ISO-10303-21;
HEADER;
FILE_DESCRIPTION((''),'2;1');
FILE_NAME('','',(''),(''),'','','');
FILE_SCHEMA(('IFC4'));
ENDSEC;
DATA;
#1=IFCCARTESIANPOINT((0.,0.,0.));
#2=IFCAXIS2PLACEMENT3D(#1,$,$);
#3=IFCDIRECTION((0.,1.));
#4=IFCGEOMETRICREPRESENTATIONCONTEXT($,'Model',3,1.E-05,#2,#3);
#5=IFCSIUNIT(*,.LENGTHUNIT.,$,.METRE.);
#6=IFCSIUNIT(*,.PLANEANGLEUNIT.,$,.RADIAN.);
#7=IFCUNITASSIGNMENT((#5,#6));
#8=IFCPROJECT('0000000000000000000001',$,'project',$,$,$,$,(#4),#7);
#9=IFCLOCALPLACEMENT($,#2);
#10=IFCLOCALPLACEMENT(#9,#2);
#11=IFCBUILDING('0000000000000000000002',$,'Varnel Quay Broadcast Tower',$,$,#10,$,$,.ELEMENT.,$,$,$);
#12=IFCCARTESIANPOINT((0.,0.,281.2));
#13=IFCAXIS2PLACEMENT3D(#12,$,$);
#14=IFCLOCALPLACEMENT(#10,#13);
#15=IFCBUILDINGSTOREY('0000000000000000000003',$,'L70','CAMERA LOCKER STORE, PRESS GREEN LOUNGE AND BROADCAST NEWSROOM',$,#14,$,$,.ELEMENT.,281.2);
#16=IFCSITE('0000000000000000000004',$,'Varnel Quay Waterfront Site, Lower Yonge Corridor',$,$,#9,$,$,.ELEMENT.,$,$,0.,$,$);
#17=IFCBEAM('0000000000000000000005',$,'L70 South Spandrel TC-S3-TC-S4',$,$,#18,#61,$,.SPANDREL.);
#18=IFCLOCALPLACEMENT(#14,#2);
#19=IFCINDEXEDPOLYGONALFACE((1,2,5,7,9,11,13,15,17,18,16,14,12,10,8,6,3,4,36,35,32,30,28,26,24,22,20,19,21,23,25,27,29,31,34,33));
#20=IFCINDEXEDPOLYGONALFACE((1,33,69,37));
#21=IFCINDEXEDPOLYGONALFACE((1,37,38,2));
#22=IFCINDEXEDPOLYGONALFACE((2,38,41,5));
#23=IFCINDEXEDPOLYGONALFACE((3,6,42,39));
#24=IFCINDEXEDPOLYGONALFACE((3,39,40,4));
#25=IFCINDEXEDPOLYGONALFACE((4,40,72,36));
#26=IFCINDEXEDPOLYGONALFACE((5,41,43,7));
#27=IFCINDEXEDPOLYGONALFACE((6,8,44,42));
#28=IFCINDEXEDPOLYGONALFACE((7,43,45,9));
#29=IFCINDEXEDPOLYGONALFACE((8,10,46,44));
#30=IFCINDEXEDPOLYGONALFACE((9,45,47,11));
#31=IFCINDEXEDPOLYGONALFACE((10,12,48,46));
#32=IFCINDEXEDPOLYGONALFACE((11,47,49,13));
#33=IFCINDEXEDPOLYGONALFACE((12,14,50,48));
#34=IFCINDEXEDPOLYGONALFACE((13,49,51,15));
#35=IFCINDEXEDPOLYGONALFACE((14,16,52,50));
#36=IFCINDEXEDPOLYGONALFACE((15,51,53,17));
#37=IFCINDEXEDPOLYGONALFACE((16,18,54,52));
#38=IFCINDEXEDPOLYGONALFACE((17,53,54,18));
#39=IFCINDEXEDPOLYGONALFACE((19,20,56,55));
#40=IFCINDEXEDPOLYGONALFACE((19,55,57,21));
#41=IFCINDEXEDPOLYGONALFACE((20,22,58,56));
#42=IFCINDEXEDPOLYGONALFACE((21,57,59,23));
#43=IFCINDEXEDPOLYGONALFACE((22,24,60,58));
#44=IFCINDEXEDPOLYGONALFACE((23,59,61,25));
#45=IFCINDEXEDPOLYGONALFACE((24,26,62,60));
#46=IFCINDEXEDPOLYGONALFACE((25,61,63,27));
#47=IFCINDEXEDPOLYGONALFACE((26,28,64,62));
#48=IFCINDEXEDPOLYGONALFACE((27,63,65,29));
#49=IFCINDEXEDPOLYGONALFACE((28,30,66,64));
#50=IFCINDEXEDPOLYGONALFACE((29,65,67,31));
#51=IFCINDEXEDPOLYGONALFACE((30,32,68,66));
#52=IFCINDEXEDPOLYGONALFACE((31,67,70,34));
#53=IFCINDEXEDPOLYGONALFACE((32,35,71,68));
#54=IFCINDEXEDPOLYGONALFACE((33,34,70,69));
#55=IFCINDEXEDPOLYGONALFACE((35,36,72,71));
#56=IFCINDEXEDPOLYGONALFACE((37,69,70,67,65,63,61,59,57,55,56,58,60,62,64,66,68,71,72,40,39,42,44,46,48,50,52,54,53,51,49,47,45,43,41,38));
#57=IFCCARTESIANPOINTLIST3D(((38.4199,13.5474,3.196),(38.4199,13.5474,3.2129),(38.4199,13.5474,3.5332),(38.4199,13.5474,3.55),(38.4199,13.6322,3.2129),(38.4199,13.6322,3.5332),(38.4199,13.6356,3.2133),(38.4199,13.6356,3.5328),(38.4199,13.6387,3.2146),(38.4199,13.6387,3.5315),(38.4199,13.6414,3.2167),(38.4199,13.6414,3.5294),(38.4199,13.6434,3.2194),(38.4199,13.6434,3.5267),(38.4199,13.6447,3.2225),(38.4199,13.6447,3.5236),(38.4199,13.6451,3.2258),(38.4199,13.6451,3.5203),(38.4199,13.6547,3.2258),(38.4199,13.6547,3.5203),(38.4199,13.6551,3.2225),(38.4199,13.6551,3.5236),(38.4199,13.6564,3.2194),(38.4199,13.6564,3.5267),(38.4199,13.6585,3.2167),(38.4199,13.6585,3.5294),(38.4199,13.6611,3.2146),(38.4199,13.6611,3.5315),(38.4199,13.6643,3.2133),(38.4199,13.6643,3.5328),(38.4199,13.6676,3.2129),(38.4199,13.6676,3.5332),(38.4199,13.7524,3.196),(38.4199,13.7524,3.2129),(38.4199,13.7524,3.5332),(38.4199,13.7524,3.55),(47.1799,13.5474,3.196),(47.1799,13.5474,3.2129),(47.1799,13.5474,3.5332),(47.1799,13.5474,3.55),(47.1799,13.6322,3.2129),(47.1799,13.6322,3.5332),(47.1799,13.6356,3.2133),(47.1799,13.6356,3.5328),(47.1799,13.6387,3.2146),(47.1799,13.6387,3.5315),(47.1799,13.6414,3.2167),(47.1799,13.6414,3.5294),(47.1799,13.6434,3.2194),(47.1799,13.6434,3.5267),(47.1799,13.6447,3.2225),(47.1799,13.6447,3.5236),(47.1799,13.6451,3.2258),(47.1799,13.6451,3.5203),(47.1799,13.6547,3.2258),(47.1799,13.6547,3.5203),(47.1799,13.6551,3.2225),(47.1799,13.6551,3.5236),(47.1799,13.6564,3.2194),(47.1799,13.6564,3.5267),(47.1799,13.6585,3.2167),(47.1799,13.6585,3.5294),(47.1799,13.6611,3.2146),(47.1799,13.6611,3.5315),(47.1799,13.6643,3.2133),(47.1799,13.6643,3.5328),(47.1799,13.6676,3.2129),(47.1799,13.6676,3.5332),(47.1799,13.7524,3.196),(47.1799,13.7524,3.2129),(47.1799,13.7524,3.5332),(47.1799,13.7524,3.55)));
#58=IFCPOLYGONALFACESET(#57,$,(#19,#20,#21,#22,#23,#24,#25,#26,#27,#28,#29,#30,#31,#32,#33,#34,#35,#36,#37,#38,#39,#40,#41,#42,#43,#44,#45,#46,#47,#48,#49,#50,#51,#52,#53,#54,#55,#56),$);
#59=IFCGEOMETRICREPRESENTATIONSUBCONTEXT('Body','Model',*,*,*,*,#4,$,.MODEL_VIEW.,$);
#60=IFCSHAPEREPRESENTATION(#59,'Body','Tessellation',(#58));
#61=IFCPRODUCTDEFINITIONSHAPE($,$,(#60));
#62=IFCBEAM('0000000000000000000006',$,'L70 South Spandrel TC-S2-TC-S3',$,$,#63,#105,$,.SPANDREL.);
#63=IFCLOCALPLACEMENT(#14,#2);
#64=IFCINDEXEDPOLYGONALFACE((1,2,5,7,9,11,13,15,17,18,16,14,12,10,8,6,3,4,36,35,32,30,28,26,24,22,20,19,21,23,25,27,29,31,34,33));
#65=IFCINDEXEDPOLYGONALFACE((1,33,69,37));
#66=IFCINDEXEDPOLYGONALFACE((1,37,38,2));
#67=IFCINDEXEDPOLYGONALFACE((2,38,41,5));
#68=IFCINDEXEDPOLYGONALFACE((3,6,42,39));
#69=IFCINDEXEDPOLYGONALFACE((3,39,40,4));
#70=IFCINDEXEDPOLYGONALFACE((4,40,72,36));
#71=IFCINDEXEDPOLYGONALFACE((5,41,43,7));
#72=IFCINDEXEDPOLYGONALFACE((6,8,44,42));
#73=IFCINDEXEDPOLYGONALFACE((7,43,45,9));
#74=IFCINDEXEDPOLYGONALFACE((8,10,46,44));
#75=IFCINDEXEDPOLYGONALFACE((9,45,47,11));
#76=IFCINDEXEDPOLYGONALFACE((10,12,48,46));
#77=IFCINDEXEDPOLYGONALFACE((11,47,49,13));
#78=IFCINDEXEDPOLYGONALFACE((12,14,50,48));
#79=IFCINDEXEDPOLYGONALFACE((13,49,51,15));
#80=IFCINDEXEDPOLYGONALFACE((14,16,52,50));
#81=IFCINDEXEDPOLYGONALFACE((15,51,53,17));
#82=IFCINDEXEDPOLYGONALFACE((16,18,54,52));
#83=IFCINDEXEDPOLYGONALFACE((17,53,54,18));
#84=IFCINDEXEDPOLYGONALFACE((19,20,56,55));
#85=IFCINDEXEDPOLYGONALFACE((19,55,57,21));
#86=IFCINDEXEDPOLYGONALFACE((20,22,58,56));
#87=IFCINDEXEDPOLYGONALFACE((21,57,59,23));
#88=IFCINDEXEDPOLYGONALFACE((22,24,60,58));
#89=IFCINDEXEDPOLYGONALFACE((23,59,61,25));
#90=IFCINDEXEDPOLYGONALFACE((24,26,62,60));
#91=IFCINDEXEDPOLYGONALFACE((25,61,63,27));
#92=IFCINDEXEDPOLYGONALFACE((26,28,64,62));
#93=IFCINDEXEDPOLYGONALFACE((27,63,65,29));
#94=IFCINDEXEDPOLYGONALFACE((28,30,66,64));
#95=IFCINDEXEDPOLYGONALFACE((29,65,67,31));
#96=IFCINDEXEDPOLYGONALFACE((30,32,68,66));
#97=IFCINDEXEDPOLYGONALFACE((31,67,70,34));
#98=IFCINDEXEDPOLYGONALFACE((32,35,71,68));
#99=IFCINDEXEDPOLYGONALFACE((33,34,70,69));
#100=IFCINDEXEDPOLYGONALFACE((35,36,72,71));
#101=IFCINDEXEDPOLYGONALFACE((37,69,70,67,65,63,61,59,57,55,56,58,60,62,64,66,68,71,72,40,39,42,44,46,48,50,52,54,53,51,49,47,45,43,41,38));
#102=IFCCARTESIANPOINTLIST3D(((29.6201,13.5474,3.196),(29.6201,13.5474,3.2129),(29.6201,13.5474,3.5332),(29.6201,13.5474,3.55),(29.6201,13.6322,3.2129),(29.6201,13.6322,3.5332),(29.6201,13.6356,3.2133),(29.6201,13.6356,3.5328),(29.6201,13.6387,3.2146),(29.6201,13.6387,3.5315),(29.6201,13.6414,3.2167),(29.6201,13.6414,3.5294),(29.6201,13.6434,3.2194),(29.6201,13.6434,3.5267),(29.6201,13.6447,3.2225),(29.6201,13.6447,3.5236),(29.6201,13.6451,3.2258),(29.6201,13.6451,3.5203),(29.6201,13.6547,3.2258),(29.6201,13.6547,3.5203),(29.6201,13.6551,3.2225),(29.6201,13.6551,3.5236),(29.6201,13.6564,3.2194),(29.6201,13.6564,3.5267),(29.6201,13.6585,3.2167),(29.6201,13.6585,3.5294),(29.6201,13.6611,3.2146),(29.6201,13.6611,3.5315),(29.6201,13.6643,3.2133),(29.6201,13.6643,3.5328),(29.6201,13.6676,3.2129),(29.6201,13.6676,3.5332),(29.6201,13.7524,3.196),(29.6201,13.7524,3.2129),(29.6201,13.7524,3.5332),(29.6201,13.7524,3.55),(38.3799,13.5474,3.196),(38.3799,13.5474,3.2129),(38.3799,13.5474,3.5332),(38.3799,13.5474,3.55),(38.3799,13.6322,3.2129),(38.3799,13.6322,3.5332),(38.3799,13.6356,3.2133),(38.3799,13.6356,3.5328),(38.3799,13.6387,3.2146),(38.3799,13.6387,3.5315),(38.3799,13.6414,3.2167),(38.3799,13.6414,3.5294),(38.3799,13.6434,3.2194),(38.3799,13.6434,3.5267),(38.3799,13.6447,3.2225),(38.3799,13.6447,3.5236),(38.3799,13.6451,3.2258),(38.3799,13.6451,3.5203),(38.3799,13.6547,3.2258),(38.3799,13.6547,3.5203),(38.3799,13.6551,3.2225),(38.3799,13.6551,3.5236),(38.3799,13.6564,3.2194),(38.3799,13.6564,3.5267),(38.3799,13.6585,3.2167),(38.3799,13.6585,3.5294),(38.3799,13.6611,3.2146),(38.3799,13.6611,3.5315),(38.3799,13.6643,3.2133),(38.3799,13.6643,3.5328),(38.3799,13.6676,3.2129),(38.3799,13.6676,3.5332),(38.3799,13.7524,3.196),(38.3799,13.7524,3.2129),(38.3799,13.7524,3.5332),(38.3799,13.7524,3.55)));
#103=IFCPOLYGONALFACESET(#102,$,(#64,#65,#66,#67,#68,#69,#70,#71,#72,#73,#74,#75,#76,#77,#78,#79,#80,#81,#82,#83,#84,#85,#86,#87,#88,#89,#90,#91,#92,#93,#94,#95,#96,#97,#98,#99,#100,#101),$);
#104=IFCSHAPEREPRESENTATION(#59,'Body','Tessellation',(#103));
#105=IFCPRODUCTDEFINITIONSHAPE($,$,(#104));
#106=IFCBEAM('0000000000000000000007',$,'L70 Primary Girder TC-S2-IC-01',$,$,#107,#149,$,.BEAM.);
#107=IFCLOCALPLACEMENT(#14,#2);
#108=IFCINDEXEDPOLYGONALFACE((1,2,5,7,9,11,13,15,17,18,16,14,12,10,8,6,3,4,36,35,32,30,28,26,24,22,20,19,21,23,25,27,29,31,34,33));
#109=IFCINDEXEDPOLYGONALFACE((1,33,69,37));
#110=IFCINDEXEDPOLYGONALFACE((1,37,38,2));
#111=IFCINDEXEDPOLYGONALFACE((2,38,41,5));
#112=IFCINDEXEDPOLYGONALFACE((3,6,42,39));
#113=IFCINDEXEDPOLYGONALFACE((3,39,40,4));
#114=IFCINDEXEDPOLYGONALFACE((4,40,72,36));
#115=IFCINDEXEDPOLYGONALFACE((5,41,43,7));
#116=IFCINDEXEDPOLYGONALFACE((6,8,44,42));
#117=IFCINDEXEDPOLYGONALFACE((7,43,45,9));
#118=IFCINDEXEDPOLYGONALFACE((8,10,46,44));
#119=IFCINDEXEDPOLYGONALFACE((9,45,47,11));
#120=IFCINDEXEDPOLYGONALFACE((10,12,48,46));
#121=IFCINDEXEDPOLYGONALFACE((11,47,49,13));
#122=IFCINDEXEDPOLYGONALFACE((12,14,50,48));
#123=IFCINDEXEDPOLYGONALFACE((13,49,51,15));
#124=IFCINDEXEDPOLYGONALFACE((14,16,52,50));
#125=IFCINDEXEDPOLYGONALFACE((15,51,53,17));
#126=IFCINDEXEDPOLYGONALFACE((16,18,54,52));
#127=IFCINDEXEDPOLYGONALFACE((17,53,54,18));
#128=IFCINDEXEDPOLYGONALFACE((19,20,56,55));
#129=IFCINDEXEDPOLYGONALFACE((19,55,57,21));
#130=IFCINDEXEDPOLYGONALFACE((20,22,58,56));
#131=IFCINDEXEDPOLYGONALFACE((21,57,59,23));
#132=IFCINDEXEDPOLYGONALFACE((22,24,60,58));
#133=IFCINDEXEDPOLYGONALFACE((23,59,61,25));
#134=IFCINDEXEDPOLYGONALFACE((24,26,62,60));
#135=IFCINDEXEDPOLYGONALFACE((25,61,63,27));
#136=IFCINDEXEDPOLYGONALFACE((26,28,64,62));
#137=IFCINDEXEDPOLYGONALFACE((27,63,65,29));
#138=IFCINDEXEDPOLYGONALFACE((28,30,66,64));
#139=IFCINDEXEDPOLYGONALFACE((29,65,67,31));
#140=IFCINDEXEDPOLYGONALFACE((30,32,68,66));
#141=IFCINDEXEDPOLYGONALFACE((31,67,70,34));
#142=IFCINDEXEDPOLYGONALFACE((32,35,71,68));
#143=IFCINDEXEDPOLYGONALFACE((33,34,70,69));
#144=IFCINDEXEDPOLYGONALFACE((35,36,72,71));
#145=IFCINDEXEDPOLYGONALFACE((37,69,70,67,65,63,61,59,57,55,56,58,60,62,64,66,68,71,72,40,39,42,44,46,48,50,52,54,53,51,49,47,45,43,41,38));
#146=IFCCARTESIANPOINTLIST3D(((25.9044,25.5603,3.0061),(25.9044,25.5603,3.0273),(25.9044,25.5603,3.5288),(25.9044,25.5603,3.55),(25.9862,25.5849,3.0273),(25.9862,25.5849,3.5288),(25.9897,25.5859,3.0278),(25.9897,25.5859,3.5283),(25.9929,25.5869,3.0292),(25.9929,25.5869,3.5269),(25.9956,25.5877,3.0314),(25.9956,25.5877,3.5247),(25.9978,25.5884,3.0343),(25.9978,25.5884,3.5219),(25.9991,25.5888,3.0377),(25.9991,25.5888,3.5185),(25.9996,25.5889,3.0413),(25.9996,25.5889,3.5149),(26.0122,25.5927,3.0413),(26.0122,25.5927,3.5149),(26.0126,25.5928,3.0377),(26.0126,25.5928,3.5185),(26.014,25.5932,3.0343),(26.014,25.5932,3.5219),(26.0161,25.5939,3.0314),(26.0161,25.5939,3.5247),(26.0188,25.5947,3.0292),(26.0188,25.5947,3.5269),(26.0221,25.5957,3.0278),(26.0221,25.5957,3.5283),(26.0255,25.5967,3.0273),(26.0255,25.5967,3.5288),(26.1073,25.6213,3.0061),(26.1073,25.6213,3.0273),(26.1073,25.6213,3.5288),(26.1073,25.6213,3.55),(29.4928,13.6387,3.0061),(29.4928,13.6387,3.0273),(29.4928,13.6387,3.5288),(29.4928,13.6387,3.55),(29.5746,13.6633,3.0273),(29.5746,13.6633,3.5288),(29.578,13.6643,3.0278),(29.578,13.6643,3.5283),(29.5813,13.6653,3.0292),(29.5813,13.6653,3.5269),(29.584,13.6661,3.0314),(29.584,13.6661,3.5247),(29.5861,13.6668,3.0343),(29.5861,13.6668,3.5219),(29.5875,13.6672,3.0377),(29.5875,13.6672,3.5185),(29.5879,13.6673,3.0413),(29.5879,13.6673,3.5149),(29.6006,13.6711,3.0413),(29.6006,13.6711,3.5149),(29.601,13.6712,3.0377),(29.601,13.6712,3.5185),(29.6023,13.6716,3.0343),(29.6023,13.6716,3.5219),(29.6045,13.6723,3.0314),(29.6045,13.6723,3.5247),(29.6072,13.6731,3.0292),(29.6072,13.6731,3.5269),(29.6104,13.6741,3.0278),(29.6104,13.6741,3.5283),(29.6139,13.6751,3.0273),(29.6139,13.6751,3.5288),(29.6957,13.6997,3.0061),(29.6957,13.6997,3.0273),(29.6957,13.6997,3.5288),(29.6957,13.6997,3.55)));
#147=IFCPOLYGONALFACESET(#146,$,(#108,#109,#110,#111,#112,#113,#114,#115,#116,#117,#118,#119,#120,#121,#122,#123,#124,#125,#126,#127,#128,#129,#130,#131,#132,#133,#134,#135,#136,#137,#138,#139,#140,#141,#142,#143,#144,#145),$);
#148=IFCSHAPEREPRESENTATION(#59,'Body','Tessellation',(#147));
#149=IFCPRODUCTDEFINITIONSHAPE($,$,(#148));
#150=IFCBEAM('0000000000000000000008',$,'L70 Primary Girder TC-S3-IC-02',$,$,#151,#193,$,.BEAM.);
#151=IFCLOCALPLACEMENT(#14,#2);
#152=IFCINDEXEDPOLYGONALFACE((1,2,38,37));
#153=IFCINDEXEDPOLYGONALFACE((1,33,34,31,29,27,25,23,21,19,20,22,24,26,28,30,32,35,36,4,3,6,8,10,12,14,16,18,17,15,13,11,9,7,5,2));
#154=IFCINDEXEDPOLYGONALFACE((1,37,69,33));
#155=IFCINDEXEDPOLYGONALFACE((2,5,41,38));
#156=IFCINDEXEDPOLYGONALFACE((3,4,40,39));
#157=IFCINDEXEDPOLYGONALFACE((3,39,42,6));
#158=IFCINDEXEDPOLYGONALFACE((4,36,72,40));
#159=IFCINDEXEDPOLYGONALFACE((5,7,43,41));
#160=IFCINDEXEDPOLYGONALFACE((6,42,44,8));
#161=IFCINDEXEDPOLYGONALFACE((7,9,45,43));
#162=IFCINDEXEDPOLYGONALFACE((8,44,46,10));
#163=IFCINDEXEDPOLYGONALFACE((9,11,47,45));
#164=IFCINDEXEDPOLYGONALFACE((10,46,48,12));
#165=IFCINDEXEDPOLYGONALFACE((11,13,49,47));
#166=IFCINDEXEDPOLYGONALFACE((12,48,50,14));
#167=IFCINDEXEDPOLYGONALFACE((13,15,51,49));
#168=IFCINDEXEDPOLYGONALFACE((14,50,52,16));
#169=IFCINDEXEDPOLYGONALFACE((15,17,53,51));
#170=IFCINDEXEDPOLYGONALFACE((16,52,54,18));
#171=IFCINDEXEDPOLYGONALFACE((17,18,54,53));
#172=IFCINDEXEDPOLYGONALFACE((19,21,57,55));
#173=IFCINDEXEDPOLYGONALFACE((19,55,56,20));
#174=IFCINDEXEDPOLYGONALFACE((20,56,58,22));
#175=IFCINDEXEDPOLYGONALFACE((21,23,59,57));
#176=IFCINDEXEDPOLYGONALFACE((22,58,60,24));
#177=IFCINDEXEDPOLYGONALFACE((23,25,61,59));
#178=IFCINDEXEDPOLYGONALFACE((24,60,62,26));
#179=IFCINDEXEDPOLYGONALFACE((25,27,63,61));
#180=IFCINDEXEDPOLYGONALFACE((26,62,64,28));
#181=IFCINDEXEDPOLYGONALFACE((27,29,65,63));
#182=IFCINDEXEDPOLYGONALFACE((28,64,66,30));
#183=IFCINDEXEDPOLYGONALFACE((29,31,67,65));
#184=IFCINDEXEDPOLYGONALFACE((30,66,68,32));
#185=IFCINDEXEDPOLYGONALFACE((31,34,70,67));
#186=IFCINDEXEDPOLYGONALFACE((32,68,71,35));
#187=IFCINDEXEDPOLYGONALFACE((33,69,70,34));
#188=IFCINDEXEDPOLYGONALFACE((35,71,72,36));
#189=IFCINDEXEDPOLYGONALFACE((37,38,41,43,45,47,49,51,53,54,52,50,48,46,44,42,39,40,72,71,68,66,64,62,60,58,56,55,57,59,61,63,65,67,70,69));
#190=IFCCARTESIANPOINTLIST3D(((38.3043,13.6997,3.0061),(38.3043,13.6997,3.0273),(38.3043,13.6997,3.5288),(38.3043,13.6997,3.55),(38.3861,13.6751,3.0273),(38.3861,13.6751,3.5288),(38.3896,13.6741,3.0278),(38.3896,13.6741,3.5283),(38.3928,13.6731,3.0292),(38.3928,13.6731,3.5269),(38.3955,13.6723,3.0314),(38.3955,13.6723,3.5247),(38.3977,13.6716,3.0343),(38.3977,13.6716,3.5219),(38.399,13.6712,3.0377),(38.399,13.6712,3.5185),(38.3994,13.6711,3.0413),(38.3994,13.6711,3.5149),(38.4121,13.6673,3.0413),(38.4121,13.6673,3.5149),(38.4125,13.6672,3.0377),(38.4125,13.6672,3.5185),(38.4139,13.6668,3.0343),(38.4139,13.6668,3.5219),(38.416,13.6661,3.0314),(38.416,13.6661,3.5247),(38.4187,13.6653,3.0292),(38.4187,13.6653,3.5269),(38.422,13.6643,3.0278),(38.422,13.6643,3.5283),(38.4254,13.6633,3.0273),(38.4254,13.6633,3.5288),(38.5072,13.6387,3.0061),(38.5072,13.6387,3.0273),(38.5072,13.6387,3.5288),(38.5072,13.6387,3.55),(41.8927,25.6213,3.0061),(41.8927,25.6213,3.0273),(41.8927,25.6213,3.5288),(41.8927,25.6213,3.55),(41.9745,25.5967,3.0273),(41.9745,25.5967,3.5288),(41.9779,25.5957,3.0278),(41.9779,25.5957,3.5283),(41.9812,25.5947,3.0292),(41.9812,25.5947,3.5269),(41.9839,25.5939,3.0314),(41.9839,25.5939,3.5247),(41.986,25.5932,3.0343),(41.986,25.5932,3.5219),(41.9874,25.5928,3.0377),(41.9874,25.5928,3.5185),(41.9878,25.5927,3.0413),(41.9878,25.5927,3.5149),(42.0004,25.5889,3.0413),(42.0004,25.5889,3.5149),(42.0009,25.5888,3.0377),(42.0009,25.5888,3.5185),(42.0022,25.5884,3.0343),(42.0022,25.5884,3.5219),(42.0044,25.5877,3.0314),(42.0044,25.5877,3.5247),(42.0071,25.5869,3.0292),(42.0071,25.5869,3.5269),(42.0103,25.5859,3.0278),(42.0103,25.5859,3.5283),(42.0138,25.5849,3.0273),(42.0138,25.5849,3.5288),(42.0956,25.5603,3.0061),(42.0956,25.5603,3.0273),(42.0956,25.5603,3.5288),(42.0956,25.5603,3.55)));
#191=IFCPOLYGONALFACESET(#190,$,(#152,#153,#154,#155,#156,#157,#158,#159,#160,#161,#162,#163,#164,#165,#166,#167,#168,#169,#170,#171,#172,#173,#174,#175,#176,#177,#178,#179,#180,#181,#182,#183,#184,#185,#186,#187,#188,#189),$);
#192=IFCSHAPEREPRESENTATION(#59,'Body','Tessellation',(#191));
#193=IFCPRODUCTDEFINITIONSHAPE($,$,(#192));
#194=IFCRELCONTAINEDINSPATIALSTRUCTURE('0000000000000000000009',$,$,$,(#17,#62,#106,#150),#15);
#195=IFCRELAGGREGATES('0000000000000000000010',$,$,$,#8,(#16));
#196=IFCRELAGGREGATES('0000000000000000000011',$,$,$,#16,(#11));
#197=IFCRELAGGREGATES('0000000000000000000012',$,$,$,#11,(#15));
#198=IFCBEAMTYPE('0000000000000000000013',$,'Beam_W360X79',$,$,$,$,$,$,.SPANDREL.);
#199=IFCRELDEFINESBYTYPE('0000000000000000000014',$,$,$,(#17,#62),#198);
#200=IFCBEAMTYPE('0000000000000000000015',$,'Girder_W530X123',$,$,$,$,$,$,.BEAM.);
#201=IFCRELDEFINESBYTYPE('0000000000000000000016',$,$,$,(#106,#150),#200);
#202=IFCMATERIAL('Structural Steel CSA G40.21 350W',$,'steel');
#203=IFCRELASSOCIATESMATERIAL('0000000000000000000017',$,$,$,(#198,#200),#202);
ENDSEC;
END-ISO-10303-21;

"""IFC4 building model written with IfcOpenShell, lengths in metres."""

from ifc_helpers import new_model, si_unit, direction, frame, origin, origin_2d, place, context, subcontext, project, spatial, i_section, extrude, source, transform, mapped, material, material_profile, profile_set, type_object, type_shapes, element, save


model = new_model("IFC4")

# Units and contexts
model_context = context("Model", 3, precision=1e-05, world=origin(), true_north=direction((0.0, 1.0)))
body_context = subcontext(model_context, "Body", "Model", "MODEL_VIEW")
ifc_project = project(units=[si_unit("LENGTHUNIT", "METRE"), si_unit("PLANEANGLEUNIT", "RADIAN")], contexts=[model_context])

# Site, building, storey
site_placement = place(None, origin())
site = spatial("IfcSite", under=ifc_project, at=site_placement, Name="Varnel Quay Waterfront Site, Lower Yonge Corridor", CompositionType="ELEMENT", RefElevation=0.0)
building_placement = place(site_placement, origin())
building = spatial("IfcBuilding", under=site, at=building_placement, Name="Varnel Quay Broadcast Tower", CompositionType="ELEMENT")
storey_placement = place(building_placement, frame((0.0, 0.0, 281.2)))
storey = spatial("IfcBuildingStorey", under=building, at=storey_placement, Name="L70", Description="CAMERA LOCKER STORE, PRESS GREEN LOUNGE AND BROADCAST NEWSROOM", CompositionType="ELEMENT", Elevation=281.2)

# Shared definitions
ifc_material_1 = material(Name="Structural Steel CSA G40.21 350W", Category="steel")

# Beams
ifc_material_profile_1 = material_profile(ifc_material_1, i_section(OverallWidth=0.2051, OverallDepth=0.354, WebThickness=0.0095, FlangeThickness=0.0168, FilletRadius=0.0129, at=origin_2d()), Name="W360X79")
ifc_profile_set_1 = profile_set([ifc_material_profile_1], Name="Structural Steel CSA G40.21 350W")
beam_type_1 = type_object("IfcBeamType", Name="Beam_W360X79", PredefinedType="SPANDREL", material=ifc_profile_set_1)
shared_shape_1 = source(origin(), body_context, "Body", "SweptSolid", [
    extrude(i_section(OverallWidth=0.2051, OverallDepth=0.354, WebThickness=0.0095, FlangeThickness=0.0168, FilletRadius=0.0129, at=origin_2d()), origin(), (0.0, 0.0, 1.0), 8.76),
])
beam_1_placement = place(storey_placement, frame((38.4199, 13.6499, 3.373), z_axis=(1.0, 0.0, 0.0), x_axis=(0.0, 1.0, 0.0)))
element("IfcBeam", 1, at=beam_1_placement, inside=storey, type_object=beam_type_1, Name="L70 South Spandrel TC-S3-TC-S4", PredefinedType="SPANDREL", context=body_context, shape_type="MappedRepresentation", body=[
    mapped(shared_shape_1, transform((0.0, 0.0, 0.0), x_axis=(1.0, 0.0, 0.0), y_axis=(0.0, 1.0, 0.0), z_axis=(0.0, 0.0, 1.0), scale=1.0)),
])
shared_shape_2 = source(origin(), body_context, "Body", "SweptSolid", [
    extrude(i_section(OverallWidth=0.2051, OverallDepth=0.354, WebThickness=0.0095, FlangeThickness=0.0168, FilletRadius=0.0129, at=origin_2d()), origin(), (0.0, 0.0, 1.0), 8.7598),
])
type_shapes(beam_type_1, [shared_shape_1, shared_shape_2])
beam_2_placement = place(storey_placement, frame((29.6201, 13.6499, 3.373), z_axis=(1.0, 0.0, 0.0), x_axis=(0.0, 1.0, 0.0)))
element("IfcBeam", 2, at=beam_2_placement, inside=storey, type_object=beam_type_1, Name="L70 South Spandrel TC-S2-TC-S3", PredefinedType="SPANDREL", context=body_context, shape_type="MappedRepresentation", body=[
    mapped(shared_shape_2, transform((0.0, 0.0, 0.0), x_axis=(1.0, 0.0, 0.0), y_axis=(0.0, 1.0, 0.0), z_axis=(0.0, 0.0, 1.0), scale=1.0)),
])
ifc_material_profile_2 = material_profile(ifc_material_1, i_section(OverallWidth=0.2119, OverallDepth=0.5439, WebThickness=0.0132, FlangeThickness=0.0212, FilletRadius=0.0139, at=origin_2d()), Name="W530X123")
ifc_profile_set_2 = profile_set([ifc_material_profile_2], Name="Structural Steel CSA G40.21 350W")
beam_type_2 = type_object("IfcBeamType", Name="Girder_W530X123", PredefinedType="BEAM", material=ifc_profile_set_2)
shared_shape_3 = source(origin(), body_context, "Body", "SweptSolid", [
    extrude(i_section(OverallWidth=0.2119, OverallDepth=0.5439, WebThickness=0.0132, FlangeThickness=0.0212, FilletRadius=0.0139, at=origin_2d()), origin(), (0.0, 0.0, 1.0), 12.45),
])
for number, where, z_axis, x_axis, name in (
    (3, (29.5942, 13.6692, 3.2781), (-0.288224, 0.957563, 0.0), (-0.957563, -0.288224, 0.0), "L70 Primary Girder TC-S2-IC-01"),
    (4, (38.4058, 13.6692, 3.2781), (0.288224, 0.957563, 0.0), (-0.957563, 0.288224, 0.0), "L70 Primary Girder TC-S3-IC-02"),
):
    element("IfcBeam", number, at=place(storey_placement, frame(where, z_axis=z_axis, x_axis=x_axis)), inside=storey, type_object=beam_type_2, Name=name, PredefinedType="BEAM", context=body_context, shape_type="MappedRepresentation", body=[
        mapped(shared_shape_3, transform((0.0, 0.0, 0.0), x_axis=(1.0, 0.0, 0.0), y_axis=(0.0, 1.0, 0.0), z_axis=(0.0, 0.0, 1.0), scale=1.0)),
    ])

save(model, "model.ifc")
